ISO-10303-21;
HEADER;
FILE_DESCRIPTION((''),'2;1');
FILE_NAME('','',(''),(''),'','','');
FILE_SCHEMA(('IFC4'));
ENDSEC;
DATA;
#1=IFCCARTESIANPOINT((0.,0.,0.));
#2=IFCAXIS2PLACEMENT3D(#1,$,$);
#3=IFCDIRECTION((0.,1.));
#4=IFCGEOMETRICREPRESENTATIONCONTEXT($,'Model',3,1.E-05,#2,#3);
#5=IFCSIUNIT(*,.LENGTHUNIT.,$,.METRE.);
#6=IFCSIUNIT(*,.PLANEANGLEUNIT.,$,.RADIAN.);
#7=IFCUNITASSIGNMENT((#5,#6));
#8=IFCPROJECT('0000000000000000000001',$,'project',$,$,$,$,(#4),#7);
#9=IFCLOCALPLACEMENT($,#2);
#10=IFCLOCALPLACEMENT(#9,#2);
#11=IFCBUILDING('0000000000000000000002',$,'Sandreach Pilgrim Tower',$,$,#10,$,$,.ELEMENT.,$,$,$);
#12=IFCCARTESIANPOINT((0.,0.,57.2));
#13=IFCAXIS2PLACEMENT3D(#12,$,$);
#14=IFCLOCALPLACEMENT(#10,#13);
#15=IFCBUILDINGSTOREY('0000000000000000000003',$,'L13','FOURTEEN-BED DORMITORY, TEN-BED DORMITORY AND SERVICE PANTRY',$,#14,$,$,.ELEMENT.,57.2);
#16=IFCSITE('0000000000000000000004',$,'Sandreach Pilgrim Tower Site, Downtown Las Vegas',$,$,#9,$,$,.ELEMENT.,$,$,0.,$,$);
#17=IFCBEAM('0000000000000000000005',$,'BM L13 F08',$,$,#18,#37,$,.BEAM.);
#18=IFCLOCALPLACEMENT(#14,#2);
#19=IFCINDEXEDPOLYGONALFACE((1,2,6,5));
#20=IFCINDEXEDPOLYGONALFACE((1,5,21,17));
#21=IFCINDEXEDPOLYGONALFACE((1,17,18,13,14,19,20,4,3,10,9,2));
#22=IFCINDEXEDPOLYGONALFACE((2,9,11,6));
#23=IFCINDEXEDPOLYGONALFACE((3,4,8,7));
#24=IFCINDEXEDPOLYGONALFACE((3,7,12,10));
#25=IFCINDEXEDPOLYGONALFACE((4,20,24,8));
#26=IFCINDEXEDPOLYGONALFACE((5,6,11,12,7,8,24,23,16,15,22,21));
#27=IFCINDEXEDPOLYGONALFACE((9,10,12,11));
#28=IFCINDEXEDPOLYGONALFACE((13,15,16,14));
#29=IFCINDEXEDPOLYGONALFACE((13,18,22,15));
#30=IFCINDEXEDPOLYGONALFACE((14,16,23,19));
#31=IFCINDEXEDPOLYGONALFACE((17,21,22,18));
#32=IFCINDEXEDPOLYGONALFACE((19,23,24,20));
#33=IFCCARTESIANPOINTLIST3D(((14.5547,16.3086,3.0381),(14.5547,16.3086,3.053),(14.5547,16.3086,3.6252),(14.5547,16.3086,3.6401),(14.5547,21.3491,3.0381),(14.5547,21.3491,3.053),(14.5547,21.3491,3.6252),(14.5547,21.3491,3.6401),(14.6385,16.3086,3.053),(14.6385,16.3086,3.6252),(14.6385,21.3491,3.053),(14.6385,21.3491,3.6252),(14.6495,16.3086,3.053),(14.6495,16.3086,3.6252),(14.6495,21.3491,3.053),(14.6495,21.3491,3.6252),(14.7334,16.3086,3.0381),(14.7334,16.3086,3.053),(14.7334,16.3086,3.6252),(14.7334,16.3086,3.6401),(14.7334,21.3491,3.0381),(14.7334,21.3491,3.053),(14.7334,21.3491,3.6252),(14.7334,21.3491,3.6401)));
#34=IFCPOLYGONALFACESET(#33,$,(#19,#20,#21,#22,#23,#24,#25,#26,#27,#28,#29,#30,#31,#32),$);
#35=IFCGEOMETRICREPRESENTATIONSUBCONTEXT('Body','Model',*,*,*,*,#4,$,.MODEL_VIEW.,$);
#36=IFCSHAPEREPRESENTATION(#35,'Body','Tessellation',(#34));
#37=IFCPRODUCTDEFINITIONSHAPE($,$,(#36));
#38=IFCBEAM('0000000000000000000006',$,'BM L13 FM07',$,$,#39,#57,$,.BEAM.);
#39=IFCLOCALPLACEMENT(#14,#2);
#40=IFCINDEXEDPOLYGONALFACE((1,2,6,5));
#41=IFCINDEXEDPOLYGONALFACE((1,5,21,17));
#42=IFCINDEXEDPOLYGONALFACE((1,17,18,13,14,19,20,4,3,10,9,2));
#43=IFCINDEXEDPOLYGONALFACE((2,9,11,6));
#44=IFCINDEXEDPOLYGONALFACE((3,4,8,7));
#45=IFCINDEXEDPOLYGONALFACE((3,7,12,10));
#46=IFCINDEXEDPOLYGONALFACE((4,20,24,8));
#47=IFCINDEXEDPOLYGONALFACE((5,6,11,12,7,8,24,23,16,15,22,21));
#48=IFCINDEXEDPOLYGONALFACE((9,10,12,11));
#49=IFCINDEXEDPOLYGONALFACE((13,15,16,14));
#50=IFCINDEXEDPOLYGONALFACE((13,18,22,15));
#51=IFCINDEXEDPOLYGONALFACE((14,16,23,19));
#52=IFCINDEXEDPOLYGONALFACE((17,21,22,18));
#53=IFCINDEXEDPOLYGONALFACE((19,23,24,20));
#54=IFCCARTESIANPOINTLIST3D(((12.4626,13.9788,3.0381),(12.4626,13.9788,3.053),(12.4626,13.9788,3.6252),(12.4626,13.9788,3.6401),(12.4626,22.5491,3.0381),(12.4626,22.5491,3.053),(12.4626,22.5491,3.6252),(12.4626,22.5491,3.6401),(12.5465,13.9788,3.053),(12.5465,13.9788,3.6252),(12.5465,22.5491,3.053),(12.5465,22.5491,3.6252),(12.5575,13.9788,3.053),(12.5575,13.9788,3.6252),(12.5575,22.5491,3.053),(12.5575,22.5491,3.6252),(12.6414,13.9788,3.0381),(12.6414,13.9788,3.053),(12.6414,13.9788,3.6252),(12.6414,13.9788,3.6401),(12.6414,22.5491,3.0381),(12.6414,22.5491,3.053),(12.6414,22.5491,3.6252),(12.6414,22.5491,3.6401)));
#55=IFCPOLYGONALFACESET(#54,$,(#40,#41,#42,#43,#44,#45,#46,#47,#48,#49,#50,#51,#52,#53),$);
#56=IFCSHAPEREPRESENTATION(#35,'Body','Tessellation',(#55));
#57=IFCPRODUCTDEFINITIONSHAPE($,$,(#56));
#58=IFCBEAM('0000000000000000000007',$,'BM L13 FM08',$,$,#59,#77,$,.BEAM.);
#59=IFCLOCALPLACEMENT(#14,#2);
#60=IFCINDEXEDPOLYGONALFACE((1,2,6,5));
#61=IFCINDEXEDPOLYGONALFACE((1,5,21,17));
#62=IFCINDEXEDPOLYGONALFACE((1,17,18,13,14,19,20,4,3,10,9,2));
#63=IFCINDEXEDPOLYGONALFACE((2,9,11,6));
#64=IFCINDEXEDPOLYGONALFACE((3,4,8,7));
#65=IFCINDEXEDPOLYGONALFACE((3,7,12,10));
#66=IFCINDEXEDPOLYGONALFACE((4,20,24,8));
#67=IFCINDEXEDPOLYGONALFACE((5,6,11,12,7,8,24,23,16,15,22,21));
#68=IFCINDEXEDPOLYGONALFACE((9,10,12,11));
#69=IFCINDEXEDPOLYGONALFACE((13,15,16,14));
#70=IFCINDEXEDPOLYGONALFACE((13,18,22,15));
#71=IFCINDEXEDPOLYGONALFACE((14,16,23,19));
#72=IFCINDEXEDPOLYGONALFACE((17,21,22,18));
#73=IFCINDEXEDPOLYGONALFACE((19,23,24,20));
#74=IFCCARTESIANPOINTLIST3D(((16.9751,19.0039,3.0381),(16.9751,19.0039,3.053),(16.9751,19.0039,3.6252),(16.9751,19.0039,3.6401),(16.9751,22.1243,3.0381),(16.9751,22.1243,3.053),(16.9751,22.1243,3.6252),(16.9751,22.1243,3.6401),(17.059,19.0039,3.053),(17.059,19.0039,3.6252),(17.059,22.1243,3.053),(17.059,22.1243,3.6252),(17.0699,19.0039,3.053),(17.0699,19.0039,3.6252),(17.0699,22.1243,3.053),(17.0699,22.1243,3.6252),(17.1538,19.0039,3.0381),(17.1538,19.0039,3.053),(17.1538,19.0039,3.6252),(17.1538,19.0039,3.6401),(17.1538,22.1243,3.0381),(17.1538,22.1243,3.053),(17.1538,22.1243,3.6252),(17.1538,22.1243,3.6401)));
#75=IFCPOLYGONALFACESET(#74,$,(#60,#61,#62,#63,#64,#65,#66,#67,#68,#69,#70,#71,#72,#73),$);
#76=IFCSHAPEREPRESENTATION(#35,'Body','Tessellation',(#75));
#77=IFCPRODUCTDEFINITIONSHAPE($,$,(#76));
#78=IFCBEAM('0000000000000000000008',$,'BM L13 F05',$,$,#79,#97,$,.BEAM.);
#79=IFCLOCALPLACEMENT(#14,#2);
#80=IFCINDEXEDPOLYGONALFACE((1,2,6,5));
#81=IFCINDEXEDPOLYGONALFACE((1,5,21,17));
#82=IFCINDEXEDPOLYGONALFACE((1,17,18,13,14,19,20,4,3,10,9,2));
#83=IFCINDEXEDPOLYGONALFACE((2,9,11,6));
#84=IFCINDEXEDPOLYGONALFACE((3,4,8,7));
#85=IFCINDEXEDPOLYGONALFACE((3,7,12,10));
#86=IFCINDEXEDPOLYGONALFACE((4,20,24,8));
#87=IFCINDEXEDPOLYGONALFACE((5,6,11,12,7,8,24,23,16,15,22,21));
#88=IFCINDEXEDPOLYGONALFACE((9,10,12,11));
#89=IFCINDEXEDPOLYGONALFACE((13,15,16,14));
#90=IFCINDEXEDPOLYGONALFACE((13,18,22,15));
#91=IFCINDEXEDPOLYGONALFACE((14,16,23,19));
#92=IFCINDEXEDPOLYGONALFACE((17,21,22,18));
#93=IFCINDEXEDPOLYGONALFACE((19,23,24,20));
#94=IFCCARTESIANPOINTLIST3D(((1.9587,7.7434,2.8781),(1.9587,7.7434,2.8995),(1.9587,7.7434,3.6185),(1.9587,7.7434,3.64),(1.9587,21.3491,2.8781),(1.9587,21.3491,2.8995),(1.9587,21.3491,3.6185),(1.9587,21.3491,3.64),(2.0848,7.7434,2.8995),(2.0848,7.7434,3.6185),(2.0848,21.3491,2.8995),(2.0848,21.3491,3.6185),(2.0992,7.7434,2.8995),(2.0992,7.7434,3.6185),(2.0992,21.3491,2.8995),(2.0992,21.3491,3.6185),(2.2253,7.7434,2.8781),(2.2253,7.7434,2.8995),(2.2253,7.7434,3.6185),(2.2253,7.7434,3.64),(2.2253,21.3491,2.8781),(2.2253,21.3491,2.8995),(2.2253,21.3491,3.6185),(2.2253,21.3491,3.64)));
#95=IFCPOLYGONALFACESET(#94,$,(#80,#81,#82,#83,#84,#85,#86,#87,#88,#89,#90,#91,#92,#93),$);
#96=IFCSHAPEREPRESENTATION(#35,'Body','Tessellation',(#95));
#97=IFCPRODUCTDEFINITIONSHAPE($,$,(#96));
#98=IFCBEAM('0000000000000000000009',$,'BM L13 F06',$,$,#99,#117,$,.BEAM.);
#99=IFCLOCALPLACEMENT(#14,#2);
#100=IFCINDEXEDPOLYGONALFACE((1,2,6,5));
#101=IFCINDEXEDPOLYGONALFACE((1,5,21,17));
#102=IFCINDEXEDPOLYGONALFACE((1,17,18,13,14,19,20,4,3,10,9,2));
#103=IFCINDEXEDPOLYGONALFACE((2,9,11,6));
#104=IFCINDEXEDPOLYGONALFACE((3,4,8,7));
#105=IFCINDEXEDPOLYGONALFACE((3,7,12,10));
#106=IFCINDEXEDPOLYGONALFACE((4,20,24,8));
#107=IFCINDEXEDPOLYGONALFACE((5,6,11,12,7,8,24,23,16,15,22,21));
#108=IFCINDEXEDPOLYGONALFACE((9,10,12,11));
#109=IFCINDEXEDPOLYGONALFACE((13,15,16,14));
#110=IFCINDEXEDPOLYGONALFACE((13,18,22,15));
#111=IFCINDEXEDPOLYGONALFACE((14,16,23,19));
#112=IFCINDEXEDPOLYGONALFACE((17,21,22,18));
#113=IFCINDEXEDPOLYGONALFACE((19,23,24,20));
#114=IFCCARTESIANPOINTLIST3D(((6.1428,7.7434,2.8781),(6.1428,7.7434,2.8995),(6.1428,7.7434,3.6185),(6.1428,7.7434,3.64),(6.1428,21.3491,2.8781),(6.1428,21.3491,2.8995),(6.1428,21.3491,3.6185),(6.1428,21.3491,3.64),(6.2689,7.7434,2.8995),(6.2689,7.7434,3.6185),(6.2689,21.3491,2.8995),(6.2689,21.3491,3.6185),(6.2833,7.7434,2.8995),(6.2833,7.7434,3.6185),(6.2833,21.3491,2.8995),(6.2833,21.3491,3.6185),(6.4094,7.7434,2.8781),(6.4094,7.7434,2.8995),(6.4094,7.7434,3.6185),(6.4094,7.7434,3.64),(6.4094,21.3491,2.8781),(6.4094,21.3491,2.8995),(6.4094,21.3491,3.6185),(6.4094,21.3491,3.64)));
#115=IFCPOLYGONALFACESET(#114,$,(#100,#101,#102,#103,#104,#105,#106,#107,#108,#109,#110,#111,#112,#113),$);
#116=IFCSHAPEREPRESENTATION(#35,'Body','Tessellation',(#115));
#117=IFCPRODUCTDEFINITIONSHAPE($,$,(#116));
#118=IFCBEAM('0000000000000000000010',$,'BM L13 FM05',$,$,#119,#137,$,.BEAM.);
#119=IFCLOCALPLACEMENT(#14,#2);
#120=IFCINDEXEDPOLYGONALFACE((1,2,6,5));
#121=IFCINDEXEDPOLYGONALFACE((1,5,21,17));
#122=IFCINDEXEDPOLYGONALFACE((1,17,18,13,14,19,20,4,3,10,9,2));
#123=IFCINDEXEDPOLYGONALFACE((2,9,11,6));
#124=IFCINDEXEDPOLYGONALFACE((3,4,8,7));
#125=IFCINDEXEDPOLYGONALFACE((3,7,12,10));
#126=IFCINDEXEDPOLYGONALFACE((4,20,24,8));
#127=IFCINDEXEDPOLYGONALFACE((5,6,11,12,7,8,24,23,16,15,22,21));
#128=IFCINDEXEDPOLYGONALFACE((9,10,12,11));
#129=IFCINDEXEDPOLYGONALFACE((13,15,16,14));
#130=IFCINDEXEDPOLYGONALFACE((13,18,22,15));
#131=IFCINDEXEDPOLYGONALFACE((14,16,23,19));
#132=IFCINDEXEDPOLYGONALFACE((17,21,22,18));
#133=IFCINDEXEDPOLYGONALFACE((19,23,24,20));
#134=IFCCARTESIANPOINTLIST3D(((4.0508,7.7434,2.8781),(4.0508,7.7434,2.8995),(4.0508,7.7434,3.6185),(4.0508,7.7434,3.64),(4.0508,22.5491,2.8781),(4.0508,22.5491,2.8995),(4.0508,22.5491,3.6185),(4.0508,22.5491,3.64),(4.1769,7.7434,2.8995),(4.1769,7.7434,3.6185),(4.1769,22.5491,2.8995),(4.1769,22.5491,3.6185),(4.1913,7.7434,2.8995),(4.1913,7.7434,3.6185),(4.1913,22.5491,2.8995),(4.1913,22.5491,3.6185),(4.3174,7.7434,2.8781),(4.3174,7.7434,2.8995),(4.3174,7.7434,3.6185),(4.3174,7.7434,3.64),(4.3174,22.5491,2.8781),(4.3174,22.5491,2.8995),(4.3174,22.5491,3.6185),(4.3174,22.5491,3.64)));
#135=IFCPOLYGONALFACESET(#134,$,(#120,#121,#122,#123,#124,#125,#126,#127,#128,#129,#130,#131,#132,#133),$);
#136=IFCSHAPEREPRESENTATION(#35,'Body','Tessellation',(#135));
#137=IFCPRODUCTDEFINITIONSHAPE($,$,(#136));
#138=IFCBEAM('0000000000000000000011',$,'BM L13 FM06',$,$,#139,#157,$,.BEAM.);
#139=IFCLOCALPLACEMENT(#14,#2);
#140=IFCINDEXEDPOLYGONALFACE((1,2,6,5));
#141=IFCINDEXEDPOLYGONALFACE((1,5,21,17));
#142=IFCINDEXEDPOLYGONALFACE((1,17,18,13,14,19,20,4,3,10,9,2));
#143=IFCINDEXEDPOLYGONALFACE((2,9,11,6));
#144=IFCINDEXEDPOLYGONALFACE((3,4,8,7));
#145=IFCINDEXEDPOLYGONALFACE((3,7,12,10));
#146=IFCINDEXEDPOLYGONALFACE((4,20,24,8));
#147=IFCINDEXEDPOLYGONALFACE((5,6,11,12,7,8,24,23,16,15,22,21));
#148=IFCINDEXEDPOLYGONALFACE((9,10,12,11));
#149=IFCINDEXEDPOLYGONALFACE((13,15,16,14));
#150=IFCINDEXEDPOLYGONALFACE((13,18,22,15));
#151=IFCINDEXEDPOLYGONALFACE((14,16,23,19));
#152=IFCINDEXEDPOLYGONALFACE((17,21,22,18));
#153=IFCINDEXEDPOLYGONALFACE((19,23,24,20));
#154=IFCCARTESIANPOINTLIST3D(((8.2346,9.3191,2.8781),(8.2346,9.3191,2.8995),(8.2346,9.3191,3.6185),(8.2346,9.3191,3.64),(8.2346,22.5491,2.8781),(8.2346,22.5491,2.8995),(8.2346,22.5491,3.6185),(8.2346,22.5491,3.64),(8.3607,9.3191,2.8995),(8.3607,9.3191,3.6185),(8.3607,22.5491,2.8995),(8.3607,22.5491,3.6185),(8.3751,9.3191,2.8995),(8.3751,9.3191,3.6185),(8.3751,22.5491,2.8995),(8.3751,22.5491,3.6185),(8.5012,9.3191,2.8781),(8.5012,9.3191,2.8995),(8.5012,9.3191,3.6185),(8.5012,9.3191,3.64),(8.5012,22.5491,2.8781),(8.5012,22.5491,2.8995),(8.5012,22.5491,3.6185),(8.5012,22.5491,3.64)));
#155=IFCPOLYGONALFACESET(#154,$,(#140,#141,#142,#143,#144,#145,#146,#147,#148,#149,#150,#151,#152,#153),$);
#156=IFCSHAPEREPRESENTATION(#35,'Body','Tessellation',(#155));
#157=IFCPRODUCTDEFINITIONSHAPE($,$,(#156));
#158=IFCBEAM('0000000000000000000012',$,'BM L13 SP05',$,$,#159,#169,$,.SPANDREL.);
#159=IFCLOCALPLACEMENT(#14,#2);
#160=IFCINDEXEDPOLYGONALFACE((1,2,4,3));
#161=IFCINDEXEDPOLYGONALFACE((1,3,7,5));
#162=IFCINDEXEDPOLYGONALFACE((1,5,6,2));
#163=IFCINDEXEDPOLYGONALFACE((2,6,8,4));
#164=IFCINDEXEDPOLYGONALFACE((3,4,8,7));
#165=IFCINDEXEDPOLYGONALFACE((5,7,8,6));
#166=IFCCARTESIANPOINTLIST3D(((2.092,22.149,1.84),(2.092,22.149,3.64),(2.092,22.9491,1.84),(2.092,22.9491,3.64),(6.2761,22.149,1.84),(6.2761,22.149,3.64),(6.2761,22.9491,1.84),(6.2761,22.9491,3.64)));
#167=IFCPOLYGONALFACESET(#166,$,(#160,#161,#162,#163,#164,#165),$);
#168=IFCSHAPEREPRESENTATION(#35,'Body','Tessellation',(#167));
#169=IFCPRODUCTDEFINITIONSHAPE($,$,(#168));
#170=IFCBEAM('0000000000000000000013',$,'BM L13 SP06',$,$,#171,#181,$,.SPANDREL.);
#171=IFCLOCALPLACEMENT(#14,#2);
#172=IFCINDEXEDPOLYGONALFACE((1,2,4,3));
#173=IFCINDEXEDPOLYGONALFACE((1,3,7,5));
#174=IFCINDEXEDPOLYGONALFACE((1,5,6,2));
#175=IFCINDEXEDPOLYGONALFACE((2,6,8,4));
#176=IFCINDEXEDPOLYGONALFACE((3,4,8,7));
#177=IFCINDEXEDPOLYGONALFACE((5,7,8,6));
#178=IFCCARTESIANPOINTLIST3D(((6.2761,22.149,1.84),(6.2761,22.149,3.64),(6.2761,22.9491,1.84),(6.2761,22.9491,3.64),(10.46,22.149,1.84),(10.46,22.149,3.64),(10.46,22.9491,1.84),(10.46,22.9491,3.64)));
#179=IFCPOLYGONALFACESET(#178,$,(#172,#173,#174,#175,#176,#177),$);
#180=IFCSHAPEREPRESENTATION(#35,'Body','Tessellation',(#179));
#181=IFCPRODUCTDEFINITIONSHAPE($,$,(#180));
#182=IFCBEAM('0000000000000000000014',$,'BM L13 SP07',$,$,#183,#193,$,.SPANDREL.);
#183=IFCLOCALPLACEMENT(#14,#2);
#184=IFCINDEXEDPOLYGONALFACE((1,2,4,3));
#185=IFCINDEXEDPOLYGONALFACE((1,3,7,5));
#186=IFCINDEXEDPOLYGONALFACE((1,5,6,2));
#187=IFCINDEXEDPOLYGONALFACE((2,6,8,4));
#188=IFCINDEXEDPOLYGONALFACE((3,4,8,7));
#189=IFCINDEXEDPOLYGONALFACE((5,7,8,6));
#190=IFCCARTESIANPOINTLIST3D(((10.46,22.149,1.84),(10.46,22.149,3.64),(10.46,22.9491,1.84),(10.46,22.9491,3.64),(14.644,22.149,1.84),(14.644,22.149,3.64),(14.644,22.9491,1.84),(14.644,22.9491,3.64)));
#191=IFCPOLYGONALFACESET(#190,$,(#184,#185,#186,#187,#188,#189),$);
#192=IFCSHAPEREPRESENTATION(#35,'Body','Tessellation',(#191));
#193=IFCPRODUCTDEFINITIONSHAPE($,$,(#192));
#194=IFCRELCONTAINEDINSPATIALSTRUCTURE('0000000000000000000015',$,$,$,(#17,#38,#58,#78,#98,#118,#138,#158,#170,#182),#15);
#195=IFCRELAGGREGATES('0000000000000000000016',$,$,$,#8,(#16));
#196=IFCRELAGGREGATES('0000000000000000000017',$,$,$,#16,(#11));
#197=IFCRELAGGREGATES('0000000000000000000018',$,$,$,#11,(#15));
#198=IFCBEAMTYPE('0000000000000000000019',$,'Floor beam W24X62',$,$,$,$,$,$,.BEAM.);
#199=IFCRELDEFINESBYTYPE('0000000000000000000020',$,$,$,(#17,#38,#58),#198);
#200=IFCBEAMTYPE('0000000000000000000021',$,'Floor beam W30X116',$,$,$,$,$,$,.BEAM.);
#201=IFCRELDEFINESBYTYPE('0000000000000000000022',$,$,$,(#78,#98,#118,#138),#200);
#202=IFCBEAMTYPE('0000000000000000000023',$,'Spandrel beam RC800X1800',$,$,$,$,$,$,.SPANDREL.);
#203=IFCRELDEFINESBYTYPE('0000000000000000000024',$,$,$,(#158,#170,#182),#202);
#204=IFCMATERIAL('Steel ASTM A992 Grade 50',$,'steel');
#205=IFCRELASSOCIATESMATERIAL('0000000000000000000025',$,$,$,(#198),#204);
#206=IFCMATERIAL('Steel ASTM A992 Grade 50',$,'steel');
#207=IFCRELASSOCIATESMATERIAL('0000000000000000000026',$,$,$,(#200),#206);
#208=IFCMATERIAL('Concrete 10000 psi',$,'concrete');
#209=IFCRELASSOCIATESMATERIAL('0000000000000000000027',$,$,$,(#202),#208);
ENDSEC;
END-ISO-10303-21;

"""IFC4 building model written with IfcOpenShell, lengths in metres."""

from ifc_helpers import new_model, si_unit, direction, frame, origin, origin_2d, place, context, subcontext, project, spatial, rectangle, i_section, extrude, material, material_profile, profile_set, type_object, element, save


model = new_model("IFC4")

# Units and contexts
model_context = context("Model", 3, precision=1e-05, world=origin(), true_north=direction((0.0, 1.0)))
body_context = subcontext(model_context, "Body", "Model", "MODEL_VIEW")
ifc_project = project(units=[si_unit("LENGTHUNIT", "METRE"), si_unit("PLANEANGLEUNIT", "RADIAN")], contexts=[model_context])

# Site, building, storey
site_placement = place(None, origin())
site = spatial("IfcSite", under=ifc_project, at=site_placement, Name="Sandreach Pilgrim Tower Site, Downtown Las Vegas", CompositionType="ELEMENT", RefElevation=0.0)
building_placement = place(site_placement, origin())
building = spatial("IfcBuilding", under=site, at=building_placement, Name="Sandreach Pilgrim Tower", CompositionType="ELEMENT")
storey_placement = place(building_placement, frame((0.0, 0.0, 57.2)))
storey = spatial("IfcBuildingStorey", under=building, at=storey_placement, Name="L13", Description="FOURTEEN-BED DORMITORY, TEN-BED DORMITORY AND SERVICE PANTRY", CompositionType="ELEMENT", Elevation=57.2)

# Beams
ifc_material_1 = material(Name="Steel ASTM A992 Grade 50", Category="steel")
ifc_material_profile_1 = material_profile(ifc_material_1, i_section(OverallWidth=0.1787, OverallDepth=0.6021, WebThickness=0.011, FlangeThickness=0.0149, at=origin_2d()), Name="W24X62")
ifc_profile_set_1 = profile_set([ifc_material_profile_1], Name="Steel ASTM A992 Grade 50")
beam_type_1 = type_object("IfcBeamType", Name="Floor beam W24X62", PredefinedType="BEAM", material=ifc_profile_set_1)
beam_1_placement = place(storey_placement, frame((14.644, 21.3491, 3.3391), z_axis=(0.0, -1.0, 0.0), x_axis=(1.0, 0.0, 0.0)))
element("IfcBeam", 1, at=beam_1_placement, inside=storey, type_object=beam_type_1, Name="BM L13 F08", PredefinedType="BEAM", context=body_context, shape_type="SweptSolid", body=[
    extrude(i_section(OverallWidth=0.1787, OverallDepth=0.6021, WebThickness=0.011, FlangeThickness=0.0149, at=origin_2d()), origin(), (0.0, 0.0, 1.0), 5.0405),
])
beam_2_placement = place(storey_placement, frame((12.552, 22.5491, 3.3391), z_axis=(0.0, -1.0, 0.0), x_axis=(1.0, 0.0, 0.0)))
element("IfcBeam", 2, at=beam_2_placement, inside=storey, type_object=beam_type_1, Name="BM L13 FM07", PredefinedType="BEAM", context=body_context, shape_type="SweptSolid", body=[
    extrude(i_section(OverallWidth=0.1787, OverallDepth=0.6021, WebThickness=0.011, FlangeThickness=0.0149, at=origin_2d()), origin(), (0.0, 0.0, 1.0), 8.5703),
])
beam_3_placement = place(storey_placement, frame((17.0645, 22.1243, 3.3391), z_axis=(0.0, -1.0, 0.0), x_axis=(1.0, 0.0, 0.0)))
element("IfcBeam", 3, at=beam_3_placement, inside=storey, type_object=beam_type_1, Name="BM L13 FM08", PredefinedType="BEAM", context=body_context, shape_type="SweptSolid", body=[
    extrude(i_section(OverallWidth=0.1787, OverallDepth=0.6021, WebThickness=0.011, FlangeThickness=0.0149, at=origin_2d()), origin(), (0.0, 0.0, 1.0), 3.1204),
])
ifc_material_2 = material(Name="Steel ASTM A992 Grade 50", Category="steel")
ifc_material_profile_2 = material_profile(ifc_material_2, i_section(OverallWidth=0.2666, OverallDepth=0.762, WebThickness=0.0144, FlangeThickness=0.0215, at=origin_2d()), Name="W30X116")
ifc_profile_set_2 = profile_set([ifc_material_profile_2], Name="Steel ASTM A992 Grade 50")
beam_type_2 = type_object("IfcBeamType", Name="Floor beam W30X116", PredefinedType="BEAM", material=ifc_profile_set_2)
for number, where, z_axis, x_axis, name in (
    (4, (2.092, 21.3491, 3.259), (0.0, -1.0, 0.0), (1.0, 0.0, 0.0), "BM L13 F05"),
    (5, (6.2761, 21.3491, 3.259), (0.0, -1.0, 0.0), (1.0, 0.0, 0.0), "BM L13 F06"),
):
    element("IfcBeam", number, at=place(storey_placement, frame(where, z_axis=z_axis, x_axis=x_axis)), inside=storey, type_object=beam_type_2, Name=name, PredefinedType="BEAM", context=body_context, shape_type="SweptSolid", body=[
        extrude(i_section(OverallWidth=0.2666, OverallDepth=0.762, WebThickness=0.0144, FlangeThickness=0.0215, at=origin_2d()), origin(), (0.0, 0.0, 1.0), 13.6057),
    ])
beam_4_placement = place(storey_placement, frame((4.1841, 22.5491, 3.259), z_axis=(0.0, -1.0, 0.0), x_axis=(1.0, 0.0, 0.0)))
element("IfcBeam", 6, at=beam_4_placement, inside=storey, type_object=beam_type_2, Name="BM L13 FM05", PredefinedType="BEAM", context=body_context, shape_type="SweptSolid", body=[
    extrude(i_section(OverallWidth=0.2666, OverallDepth=0.762, WebThickness=0.0144, FlangeThickness=0.0215, at=origin_2d()), origin(), (0.0, 0.0, 1.0), 14.8057),
])
beam_5_placement = place(storey_placement, frame((8.3679, 22.5491, 3.259), z_axis=(0.0, -1.0, 0.0), x_axis=(1.0, 0.0, 0.0)))
element("IfcBeam", 7, at=beam_5_placement, inside=storey, type_object=beam_type_2, Name="BM L13 FM06", PredefinedType="BEAM", context=body_context, shape_type="SweptSolid", body=[
    extrude(i_section(OverallWidth=0.2666, OverallDepth=0.762, WebThickness=0.0144, FlangeThickness=0.0215, at=origin_2d()), origin(), (0.0, 0.0, 1.0), 13.23),
])
ifc_material_3 = material(Name="Concrete 10000 psi", Category="concrete")
ifc_material_profile_3 = material_profile(ifc_material_3, rectangle(XDim=0.8, YDim=1.8, at=origin_2d()), Name="RC800X1800")
ifc_profile_set_3 = profile_set([ifc_material_profile_3], Name="Concrete 10000 psi")
beam_type_3 = type_object("IfcBeamType", Name="Spandrel beam RC800X1800", PredefinedType="SPANDREL", material=ifc_profile_set_3)
beam_6_placement = place(storey_placement, frame((2.092, 22.5491, 2.74), z_axis=(1.0, 0.0, 0.0), x_axis=(0.0, 1.0, 0.0)))
element("IfcBeam", 8, at=beam_6_placement, inside=storey, type_object=beam_type_3, Name="BM L13 SP05", PredefinedType="SPANDREL", context=body_context, shape_type="SweptSolid", body=[
    extrude(rectangle(XDim=0.8, YDim=1.8, at=origin_2d()), origin(), (0.0, 0.0, 1.0), 4.1841),
])
beam_7_placement = place(storey_placement, frame((6.2761, 22.5491, 2.74), z_axis=(1.0, 0.0, 0.0), x_axis=(0.0, 1.0, 0.0)))
element("IfcBeam", 9, at=beam_7_placement, inside=storey, type_object=beam_type_3, Name="BM L13 SP06", PredefinedType="SPANDREL", context=body_context, shape_type="SweptSolid", body=[
    extrude(rectangle(XDim=0.8, YDim=1.8, at=origin_2d()), origin(), (0.0, 0.0, 1.0), 4.1838),
])
beam_8_placement = place(storey_placement, frame((10.46, 22.5491, 2.74), z_axis=(1.0, 0.0, 0.0), x_axis=(0.0, 1.0, 0.0)))
element("IfcBeam", 10, at=beam_8_placement, inside=storey, type_object=beam_type_3, Name="BM L13 SP07", PredefinedType="SPANDREL", context=body_context, shape_type="SweptSolid", body=[
    extrude(rectangle(XDim=0.8, YDim=1.8, at=origin_2d()), origin(), (0.0, 0.0, 1.0), 4.1841),
])

save(model, "model.ifc")
